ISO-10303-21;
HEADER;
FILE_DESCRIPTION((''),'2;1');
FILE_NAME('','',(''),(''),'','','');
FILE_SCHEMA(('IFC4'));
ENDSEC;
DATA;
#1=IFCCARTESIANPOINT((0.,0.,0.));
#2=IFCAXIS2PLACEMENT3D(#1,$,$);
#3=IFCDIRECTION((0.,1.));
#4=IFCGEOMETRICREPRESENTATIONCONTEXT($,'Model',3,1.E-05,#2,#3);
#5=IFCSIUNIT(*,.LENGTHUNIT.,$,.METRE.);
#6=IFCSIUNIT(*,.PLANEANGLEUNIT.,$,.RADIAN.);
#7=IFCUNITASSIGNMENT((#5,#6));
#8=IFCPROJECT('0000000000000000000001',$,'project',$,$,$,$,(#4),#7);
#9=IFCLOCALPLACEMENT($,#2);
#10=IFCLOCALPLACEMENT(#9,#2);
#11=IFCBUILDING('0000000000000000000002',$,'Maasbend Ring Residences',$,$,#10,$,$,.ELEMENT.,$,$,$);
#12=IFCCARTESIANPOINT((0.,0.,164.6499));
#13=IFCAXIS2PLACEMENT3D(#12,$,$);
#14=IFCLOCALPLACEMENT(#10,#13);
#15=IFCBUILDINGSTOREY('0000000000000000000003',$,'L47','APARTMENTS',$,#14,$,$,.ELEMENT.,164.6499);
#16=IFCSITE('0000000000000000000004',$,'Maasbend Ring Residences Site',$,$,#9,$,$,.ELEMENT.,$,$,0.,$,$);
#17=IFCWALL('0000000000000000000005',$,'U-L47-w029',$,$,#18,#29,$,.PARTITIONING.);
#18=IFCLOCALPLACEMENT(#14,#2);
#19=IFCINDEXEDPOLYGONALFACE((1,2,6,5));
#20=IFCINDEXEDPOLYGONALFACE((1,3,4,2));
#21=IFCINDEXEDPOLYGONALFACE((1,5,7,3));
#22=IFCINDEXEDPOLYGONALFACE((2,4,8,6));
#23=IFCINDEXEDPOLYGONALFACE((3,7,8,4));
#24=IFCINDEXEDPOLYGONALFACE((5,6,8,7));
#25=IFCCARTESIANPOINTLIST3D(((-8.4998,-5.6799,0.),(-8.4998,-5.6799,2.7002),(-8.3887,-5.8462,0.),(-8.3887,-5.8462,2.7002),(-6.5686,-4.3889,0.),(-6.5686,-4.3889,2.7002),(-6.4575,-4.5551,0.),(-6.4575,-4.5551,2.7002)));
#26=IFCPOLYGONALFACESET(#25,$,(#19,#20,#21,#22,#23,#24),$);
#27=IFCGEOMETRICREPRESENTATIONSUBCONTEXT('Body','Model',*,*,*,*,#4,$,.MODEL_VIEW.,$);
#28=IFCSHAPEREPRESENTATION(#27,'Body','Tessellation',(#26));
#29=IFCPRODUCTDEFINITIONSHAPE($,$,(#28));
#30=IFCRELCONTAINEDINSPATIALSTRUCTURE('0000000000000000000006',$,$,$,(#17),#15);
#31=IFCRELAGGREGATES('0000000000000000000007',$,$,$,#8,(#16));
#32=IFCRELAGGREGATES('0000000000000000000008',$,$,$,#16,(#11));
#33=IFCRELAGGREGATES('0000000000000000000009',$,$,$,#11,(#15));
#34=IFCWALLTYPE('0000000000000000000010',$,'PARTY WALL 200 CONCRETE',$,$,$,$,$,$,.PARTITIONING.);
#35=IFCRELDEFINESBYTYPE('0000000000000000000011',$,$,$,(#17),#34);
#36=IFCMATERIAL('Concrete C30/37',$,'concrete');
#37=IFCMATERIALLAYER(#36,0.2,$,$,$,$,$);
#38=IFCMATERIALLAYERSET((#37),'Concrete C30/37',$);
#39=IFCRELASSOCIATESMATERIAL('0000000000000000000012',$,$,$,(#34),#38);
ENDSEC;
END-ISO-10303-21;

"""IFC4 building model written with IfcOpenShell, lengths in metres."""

from ifc_helpers import new_model, si_unit, direction, frame, frame_2d, origin, place, context, subcontext, project, spatial, rectangle, extrude, material, layer, layer_set, type_object, element, save


model = new_model("IFC4")

# Units and contexts
model_context = context("Model", 3, precision=1e-05, world=origin(), true_north=direction((0.0, 1.0)))
body_context = subcontext(model_context, "Body", "Model", "MODEL_VIEW")
ifc_project = project(units=[si_unit("LENGTHUNIT", "METRE"), si_unit("PLANEANGLEUNIT", "RADIAN")], contexts=[model_context])

# Site, building, storey
site_placement = place(None, origin())
site = spatial("IfcSite", under=ifc_project, at=site_placement, Name="Maasbend Ring Residences Site", CompositionType="ELEMENT", RefElevation=0.0)
building_placement = place(site_placement, origin())
building = spatial("IfcBuilding", under=site, at=building_placement, Name="Maasbend Ring Residences", CompositionType="ELEMENT")
storey_placement = place(building_placement, frame((0.0, 0.0, 164.6499)))
storey = spatial("IfcBuildingStorey", under=building, at=storey_placement, Name="L47", Description="APARTMENTS", CompositionType="ELEMENT", Elevation=164.6499)

# Wall
ifc_material_1 = material(Name="Concrete C30/37", Category="concrete")
ifc_layer_1 = layer(ifc_material_1, 0.2)
ifc_layer_set_1 = layer_set([ifc_layer_1], Name="Concrete C30/37")
wall_type_1 = type_object("IfcWallType", Name="PARTY WALL 200 CONCRETE", PredefinedType="PARTITIONING", material=ifc_layer_set_1)
wall_1_placement = place(storey_placement, frame((-6.5129, -4.4719, 0.0), z_axis=(0.0, 0.0, 1.0), x_axis=(-0.831338, -0.555767, 0.0)))
element("IfcWall", 1, at=wall_1_placement, inside=storey, type_object=wall_type_1, Name="U-L47-w029", PredefinedType="PARTITIONING", context=body_context, shape_type="SweptSolid", body=[
    extrude(rectangle(XDim=2.323, YDim=0.2, at=frame_2d((1.1616, 0.0))), origin(), (0.0, 0.0, 1.0), 2.7002),
])

save(model, "model.ifc")
